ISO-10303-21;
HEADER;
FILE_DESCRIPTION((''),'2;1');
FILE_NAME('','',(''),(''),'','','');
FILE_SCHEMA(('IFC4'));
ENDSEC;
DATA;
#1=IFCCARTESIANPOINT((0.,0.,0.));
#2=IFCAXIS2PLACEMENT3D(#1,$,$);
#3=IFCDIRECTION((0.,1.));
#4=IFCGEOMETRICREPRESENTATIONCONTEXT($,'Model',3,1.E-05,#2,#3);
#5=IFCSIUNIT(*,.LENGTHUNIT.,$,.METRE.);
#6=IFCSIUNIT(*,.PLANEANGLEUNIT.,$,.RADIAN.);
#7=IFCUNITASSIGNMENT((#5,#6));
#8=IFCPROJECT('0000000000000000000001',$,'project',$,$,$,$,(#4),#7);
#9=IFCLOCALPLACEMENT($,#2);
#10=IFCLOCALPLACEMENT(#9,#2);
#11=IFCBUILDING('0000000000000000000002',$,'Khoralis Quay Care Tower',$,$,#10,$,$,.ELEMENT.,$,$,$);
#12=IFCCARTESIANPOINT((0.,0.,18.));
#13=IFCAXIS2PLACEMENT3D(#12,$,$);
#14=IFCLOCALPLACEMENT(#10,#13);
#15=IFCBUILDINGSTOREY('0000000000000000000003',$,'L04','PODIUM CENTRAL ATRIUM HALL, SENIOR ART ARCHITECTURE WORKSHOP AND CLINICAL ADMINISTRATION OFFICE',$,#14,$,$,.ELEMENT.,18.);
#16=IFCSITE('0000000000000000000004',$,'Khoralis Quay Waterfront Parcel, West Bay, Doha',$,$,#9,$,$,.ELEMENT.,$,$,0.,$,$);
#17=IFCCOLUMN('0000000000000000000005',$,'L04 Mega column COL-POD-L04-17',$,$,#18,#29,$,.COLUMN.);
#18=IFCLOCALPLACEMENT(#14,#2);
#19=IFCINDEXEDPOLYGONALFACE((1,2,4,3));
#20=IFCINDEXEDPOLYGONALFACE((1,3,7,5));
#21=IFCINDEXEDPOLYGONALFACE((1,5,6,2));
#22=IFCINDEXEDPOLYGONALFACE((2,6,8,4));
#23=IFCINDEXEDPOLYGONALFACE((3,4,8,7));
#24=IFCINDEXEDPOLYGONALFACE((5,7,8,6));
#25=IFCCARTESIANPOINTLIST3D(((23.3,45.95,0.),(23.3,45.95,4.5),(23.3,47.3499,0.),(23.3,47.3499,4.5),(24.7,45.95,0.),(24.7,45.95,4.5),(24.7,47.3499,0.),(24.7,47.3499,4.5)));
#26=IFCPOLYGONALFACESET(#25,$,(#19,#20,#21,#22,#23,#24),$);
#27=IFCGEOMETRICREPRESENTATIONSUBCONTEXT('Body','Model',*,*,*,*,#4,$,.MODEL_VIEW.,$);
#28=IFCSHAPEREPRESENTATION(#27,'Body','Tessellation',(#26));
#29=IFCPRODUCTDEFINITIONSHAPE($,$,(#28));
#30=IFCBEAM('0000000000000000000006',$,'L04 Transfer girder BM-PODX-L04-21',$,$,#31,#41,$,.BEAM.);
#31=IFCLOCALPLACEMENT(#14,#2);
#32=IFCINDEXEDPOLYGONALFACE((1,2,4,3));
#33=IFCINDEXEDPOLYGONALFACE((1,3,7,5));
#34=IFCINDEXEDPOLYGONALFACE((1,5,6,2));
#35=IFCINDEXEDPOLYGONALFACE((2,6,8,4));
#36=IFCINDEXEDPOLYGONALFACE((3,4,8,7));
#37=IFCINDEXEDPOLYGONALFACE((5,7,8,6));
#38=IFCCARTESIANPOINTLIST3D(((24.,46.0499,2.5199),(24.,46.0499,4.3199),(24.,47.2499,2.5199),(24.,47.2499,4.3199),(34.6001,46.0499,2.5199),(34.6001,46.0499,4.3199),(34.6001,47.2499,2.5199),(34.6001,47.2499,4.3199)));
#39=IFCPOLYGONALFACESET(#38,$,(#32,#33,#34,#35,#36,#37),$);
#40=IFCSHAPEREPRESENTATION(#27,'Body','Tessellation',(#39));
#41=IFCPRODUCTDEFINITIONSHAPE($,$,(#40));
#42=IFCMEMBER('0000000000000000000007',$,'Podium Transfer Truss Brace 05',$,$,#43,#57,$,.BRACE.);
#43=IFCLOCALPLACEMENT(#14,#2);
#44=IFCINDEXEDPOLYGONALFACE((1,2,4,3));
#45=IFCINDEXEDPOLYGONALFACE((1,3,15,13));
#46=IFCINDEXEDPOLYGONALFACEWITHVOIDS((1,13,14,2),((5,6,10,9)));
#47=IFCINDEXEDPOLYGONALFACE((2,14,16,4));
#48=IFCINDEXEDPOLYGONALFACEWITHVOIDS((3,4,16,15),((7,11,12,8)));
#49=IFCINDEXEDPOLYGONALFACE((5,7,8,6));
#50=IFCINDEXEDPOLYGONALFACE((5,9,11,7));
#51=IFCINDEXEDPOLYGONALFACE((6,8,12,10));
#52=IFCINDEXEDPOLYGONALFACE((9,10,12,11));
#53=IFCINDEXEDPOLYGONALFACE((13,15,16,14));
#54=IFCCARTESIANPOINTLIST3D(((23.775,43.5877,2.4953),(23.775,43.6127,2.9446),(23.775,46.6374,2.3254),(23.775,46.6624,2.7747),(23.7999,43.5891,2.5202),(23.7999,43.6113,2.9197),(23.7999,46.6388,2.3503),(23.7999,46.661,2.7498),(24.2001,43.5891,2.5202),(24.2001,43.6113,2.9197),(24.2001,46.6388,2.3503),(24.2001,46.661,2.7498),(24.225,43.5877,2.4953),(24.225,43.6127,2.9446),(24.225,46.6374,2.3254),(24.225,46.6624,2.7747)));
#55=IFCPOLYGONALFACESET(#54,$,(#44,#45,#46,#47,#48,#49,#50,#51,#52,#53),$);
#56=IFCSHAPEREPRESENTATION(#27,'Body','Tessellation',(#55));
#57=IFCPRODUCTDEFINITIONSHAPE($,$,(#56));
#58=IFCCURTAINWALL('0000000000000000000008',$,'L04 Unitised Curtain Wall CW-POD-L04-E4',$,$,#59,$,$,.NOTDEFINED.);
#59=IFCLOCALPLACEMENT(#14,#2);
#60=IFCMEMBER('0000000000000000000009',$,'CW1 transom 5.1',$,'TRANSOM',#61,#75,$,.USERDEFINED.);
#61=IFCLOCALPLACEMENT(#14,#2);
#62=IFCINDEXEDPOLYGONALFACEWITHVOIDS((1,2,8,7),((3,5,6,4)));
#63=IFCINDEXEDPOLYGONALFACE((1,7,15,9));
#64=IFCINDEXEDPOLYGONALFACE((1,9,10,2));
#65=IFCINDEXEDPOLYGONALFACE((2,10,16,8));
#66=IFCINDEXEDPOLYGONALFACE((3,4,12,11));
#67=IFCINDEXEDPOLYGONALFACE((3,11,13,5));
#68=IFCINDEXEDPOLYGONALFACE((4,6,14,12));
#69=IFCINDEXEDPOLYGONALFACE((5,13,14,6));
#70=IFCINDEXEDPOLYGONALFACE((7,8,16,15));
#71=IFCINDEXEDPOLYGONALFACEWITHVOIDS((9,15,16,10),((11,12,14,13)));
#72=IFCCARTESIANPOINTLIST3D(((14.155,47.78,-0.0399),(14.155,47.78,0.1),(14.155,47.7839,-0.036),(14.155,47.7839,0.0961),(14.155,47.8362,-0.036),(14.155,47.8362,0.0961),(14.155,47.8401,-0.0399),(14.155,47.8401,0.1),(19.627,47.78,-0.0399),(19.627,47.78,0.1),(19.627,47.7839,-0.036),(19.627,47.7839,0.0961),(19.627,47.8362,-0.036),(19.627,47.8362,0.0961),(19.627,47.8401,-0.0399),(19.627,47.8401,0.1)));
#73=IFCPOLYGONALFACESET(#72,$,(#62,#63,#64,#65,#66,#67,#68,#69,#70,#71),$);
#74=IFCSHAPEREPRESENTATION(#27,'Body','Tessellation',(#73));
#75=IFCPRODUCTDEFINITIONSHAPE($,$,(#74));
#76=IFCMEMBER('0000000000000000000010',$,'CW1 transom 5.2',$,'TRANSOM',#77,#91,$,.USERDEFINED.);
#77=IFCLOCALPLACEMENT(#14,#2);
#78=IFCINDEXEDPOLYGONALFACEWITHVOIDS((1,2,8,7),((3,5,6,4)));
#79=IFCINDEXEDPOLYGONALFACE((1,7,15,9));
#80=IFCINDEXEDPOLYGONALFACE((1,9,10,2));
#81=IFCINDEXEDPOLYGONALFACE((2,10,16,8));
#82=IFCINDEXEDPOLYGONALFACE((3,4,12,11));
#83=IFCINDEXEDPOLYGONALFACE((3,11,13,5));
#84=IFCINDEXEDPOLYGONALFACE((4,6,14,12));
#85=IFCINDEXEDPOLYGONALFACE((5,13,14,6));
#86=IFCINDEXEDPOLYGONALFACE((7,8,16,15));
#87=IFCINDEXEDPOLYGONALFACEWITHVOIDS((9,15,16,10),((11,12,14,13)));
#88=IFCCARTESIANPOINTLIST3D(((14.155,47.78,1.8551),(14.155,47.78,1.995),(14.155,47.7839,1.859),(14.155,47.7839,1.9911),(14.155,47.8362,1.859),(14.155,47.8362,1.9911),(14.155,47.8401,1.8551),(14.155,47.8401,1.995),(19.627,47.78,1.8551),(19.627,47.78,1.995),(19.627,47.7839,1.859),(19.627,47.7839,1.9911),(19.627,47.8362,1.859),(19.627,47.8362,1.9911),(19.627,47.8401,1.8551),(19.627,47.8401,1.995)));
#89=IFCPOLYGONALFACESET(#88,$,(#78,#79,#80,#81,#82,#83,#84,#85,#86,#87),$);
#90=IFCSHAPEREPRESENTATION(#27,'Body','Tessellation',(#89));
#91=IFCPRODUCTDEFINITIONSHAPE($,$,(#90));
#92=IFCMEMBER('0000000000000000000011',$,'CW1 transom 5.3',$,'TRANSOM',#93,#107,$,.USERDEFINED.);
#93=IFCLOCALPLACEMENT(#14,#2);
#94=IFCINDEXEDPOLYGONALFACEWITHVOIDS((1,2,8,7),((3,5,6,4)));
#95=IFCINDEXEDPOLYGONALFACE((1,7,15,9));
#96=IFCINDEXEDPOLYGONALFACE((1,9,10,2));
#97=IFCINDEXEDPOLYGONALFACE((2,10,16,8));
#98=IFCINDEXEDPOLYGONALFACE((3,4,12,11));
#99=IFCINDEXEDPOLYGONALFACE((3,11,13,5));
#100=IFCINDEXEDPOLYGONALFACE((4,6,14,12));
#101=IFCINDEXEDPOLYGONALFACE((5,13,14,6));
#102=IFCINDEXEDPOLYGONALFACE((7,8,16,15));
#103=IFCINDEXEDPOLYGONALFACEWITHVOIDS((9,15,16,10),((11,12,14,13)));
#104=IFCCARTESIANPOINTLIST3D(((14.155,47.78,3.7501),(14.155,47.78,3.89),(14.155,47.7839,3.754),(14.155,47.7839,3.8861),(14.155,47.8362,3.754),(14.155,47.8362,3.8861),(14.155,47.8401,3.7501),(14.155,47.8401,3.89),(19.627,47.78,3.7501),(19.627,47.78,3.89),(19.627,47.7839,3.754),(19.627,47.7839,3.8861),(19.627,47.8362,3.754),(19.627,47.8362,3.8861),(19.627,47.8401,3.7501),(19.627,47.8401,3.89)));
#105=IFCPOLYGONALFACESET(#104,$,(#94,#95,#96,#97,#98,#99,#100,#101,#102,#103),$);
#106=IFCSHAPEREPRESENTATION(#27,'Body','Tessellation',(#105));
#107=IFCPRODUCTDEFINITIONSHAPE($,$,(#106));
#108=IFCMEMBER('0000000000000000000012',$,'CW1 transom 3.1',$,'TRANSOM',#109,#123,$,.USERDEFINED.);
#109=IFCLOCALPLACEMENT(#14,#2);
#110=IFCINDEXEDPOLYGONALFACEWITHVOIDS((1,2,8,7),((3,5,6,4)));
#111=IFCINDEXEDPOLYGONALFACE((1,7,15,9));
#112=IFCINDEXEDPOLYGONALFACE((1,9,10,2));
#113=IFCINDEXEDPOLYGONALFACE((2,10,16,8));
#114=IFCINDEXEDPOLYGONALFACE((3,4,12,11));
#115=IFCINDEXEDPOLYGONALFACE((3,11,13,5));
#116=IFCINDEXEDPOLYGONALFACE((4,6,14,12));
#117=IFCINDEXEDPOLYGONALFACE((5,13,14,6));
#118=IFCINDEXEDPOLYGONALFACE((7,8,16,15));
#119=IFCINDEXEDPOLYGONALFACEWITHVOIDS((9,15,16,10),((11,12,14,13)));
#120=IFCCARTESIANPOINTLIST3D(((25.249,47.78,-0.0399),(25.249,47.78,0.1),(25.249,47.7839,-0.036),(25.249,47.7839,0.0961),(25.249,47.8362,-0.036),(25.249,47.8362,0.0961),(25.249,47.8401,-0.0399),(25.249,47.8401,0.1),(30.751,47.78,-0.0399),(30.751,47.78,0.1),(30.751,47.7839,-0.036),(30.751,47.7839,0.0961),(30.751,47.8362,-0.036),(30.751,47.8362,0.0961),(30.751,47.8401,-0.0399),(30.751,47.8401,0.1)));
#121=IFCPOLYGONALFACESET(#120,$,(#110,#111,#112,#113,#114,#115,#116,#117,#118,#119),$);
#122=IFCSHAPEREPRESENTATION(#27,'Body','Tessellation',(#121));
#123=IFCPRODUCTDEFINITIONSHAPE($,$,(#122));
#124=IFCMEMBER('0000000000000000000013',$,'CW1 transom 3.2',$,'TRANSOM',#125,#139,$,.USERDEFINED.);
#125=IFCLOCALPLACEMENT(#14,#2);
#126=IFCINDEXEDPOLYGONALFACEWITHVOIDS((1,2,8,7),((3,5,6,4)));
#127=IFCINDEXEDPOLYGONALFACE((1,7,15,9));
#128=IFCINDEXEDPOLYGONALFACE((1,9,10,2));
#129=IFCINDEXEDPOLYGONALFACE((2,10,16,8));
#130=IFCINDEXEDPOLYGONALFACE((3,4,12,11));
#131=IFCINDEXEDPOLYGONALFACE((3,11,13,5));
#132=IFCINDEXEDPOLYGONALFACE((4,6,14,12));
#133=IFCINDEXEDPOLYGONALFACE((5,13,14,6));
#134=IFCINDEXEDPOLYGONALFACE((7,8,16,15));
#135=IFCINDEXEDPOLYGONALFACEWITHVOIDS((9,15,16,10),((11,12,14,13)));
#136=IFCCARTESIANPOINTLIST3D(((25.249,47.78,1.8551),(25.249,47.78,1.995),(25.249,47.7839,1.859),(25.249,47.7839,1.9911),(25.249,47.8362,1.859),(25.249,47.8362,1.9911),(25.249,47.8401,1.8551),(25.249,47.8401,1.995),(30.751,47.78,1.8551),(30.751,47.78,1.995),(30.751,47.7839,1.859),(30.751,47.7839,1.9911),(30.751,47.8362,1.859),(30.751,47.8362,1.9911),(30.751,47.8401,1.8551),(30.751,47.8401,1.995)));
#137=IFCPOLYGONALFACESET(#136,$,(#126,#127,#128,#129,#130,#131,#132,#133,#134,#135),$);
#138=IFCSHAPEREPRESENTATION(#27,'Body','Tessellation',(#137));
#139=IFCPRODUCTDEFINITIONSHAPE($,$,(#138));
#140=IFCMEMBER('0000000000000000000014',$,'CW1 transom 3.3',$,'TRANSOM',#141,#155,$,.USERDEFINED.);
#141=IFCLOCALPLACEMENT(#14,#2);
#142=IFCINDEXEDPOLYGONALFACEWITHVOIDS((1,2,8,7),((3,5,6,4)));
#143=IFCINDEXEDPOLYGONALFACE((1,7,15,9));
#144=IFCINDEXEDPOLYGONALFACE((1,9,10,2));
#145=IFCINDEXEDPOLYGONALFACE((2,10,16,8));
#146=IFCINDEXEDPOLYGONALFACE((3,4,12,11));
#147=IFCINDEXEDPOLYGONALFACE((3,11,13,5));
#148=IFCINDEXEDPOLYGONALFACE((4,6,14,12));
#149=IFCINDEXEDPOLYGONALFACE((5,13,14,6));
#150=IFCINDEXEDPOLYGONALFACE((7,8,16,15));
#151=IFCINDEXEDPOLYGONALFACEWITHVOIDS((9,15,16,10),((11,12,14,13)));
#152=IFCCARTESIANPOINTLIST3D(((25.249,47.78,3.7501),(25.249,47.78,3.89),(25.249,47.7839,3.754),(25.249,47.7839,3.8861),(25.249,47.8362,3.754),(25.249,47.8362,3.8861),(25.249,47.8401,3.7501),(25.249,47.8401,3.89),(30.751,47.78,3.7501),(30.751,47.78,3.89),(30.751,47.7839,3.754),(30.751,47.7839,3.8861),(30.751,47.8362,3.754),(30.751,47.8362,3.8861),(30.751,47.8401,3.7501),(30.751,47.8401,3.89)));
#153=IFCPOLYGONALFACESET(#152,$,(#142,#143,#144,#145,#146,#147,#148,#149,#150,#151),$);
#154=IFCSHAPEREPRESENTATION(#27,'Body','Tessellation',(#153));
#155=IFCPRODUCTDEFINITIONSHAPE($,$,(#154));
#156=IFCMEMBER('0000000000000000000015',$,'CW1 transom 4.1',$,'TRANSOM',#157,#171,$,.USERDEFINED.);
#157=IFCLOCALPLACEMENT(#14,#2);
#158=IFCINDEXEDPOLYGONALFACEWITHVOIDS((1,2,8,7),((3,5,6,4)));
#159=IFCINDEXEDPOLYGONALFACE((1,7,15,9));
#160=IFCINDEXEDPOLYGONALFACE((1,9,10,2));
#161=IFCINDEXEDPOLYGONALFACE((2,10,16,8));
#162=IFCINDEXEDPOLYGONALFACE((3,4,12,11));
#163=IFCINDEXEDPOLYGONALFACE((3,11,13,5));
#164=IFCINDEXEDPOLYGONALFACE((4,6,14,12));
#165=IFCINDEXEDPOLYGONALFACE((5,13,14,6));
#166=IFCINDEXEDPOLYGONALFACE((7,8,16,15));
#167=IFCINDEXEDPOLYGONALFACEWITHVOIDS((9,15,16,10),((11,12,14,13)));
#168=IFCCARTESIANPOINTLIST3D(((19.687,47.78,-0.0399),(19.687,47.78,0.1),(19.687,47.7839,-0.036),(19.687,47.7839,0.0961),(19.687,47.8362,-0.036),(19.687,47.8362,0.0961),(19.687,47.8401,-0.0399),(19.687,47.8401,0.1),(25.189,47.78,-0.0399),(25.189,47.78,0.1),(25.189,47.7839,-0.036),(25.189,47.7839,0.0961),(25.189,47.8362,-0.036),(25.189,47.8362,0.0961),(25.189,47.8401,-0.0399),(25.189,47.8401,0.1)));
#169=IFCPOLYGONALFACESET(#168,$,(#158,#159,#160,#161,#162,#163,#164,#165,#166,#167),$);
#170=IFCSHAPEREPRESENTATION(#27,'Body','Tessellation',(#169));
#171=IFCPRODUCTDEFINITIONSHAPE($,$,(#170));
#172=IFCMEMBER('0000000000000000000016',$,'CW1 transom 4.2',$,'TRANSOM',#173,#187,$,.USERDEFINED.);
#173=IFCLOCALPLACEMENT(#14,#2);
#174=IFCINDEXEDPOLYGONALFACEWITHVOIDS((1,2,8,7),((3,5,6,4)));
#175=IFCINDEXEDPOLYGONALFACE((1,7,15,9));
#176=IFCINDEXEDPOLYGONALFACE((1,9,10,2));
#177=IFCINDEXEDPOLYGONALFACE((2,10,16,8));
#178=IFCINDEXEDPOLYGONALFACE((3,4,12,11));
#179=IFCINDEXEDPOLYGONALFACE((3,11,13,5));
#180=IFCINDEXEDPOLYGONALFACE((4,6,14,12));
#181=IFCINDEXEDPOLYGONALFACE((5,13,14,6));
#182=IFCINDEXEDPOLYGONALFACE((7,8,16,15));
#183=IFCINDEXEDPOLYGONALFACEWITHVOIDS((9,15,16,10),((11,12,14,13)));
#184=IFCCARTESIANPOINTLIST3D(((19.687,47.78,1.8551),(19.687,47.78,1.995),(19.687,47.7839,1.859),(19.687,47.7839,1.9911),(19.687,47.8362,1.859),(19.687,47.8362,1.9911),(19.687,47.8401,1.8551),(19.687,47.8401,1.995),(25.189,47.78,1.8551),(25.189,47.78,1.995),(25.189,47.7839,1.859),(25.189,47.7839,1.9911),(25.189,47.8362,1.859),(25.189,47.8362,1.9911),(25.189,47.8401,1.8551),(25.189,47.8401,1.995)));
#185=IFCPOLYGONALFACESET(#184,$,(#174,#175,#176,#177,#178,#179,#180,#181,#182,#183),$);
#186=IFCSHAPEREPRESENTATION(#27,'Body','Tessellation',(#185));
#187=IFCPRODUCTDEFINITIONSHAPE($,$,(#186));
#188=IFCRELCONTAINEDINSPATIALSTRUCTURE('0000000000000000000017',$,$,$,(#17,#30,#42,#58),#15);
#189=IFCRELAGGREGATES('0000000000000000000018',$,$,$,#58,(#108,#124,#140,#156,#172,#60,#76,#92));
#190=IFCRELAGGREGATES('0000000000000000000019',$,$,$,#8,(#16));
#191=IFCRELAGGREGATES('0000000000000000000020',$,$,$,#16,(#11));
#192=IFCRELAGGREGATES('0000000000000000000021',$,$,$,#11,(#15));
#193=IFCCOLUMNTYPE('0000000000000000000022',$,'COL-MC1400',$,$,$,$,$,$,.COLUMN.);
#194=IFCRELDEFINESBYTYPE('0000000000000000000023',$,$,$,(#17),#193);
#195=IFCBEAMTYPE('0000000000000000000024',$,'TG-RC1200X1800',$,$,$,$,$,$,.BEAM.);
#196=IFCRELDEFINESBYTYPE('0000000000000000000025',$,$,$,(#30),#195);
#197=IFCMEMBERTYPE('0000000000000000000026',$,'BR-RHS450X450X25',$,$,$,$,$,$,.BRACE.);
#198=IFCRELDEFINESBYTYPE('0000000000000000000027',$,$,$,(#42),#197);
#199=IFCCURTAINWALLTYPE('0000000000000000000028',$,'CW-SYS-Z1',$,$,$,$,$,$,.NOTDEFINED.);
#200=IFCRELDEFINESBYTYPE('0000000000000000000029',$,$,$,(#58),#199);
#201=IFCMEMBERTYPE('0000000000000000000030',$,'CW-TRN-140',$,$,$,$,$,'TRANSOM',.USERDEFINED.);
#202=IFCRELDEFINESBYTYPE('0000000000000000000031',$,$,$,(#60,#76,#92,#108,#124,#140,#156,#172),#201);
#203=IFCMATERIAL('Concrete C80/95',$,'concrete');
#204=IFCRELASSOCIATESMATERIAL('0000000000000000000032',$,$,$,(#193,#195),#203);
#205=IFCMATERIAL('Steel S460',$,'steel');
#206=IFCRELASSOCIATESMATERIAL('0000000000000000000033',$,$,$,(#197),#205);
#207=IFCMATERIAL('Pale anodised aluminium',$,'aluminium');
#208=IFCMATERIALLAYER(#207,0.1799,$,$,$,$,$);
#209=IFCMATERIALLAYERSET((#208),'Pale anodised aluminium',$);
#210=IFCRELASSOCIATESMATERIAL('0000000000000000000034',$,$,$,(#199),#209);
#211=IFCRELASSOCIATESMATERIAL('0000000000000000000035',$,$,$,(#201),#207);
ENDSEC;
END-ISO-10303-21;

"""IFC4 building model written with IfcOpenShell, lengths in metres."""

from ifc_helpers import new_model, si_unit, direction, frame, origin, origin_2d, place, context, subcontext, project, spatial, rectangle, hollow_rectangle, extrude, source, transform, mapped, material, layer, layer_set, material_profile, profile_set, type_object, element, aggregate, save


model = new_model("IFC4")

# Units and contexts
model_context = context("Model", 3, precision=1e-05, world=origin(), true_north=direction((0.0, 1.0)))
body_context = subcontext(model_context, "Body", "Model", "MODEL_VIEW")
ifc_project = project(units=[si_unit("LENGTHUNIT", "METRE"), si_unit("PLANEANGLEUNIT", "RADIAN")], contexts=[model_context])

# Site, building, storey
site_placement = place(None, origin())
site = spatial("IfcSite", under=ifc_project, at=site_placement, Name="Khoralis Quay Waterfront Parcel, West Bay, Doha", CompositionType="ELEMENT", RefElevation=0.0)
building_placement = place(site_placement, origin())
building = spatial("IfcBuilding", under=site, at=building_placement, Name="Khoralis Quay Care Tower", CompositionType="ELEMENT")
storey_placement = place(building_placement, frame((0.0, 0.0, 18.0)))
storey = spatial("IfcBuildingStorey", under=building, at=storey_placement, Name="L04", Description="PODIUM CENTRAL ATRIUM HALL, SENIOR ART ARCHITECTURE WORKSHOP AND CLINICAL ADMINISTRATION OFFICE", CompositionType="ELEMENT", Elevation=18.0)

# Column
ifc_material_1 = material(Name="Concrete C80/95", Category="concrete")
ifc_material_profile_1 = material_profile(ifc_material_1, rectangle(XDim=1.3999, YDim=1.3999, at=origin_2d()), Name="Concrete C80/95")
ifc_profile_set_1 = profile_set([ifc_material_profile_1], Name="Concrete C80/95")
column_type = type_object("IfcColumnType", Name="COL-MC1400", PredefinedType="COLUMN", material=ifc_profile_set_1)
shared_shape_1 = source(origin(), body_context, "Body", "SweptSolid", [
    extrude(rectangle(XDim=1.3999, YDim=1.3999, at=origin_2d()), origin(), (0.0, 0.0, 1.0), 4.5),
])
column_placement = place(storey_placement, frame((24.0, 46.6499, 0.0), z_axis=(0.0, 0.0, 1.0), x_axis=(1.0, 0.0, 0.0)))
element("IfcColumn", 1, at=column_placement, inside=storey, type_object=column_type, Name="L04 Mega column COL-POD-L04-17", PredefinedType="COLUMN", context=body_context, shape_type="MappedRepresentation", body=[
    mapped(shared_shape_1, transform((0.0, 0.0, 0.0), scale=1.0)),
])

# Beam
ifc_material_profile_2 = material_profile(ifc_material_1, rectangle(XDim=1.2, YDim=1.8, at=origin_2d()), Name="Concrete C80/95")
ifc_profile_set_2 = profile_set([ifc_material_profile_2], Name="Concrete C80/95")
beam_type = type_object("IfcBeamType", Name="TG-RC1200X1800", PredefinedType="BEAM", material=ifc_profile_set_2)
shared_shape_2 = source(origin(), body_context, "Body", "SweptSolid", [
    extrude(rectangle(XDim=1.2, YDim=1.8, at=origin_2d()), origin(), (0.0, 0.0, 1.0), 10.6001),
])
beam_placement = place(storey_placement, frame((24.0, 46.6499, 3.4199), z_axis=(1.0, 0.0, 0.0), x_axis=(0.0, 1.0, 0.0)))
element("IfcBeam", 2, at=beam_placement, inside=storey, type_object=beam_type, Name="L04 Transfer girder BM-PODX-L04-21", PredefinedType="BEAM", context=body_context, shape_type="MappedRepresentation", body=[
    mapped(shared_shape_2, transform((0.0, 0.0, 0.0), scale=1.0)),
])

# Member
ifc_material_2 = material(Name="Steel S460", Category="steel")
ifc_material_profile_3 = material_profile(ifc_material_2, hollow_rectangle(XDim=0.45, YDim=0.45, WallThickness=0.0249, at=origin_2d()), Name="Steel S460")
ifc_profile_set_3 = profile_set([ifc_material_profile_3], Name="Steel S460")
member_type_1 = type_object("IfcMemberType", Name="BR-RHS450X450X25", PredefinedType="BRACE", material=ifc_profile_set_3)
shared_shape_3 = source(origin(), body_context, "Body", "SweptSolid", [
    extrude(hollow_rectangle(XDim=0.45, YDim=0.45, WallThickness=0.0249, at=origin_2d()), origin(), (0.0, 0.0, 1.0), 3.0544),
])
member_1_placement = place(storey_placement, frame((24.0, 46.6499, 2.55), z_axis=(0.0, -0.998451, 0.055629), x_axis=(1.0, 0.0, 0.0)))
element("IfcMember", 3, at=member_1_placement, inside=storey, type_object=member_type_1, Name="Podium Transfer Truss Brace 05", PredefinedType="BRACE", context=body_context, shape_type="MappedRepresentation", body=[
    mapped(shared_shape_3, transform((0.0, 0.0, 0.0), scale=1.0)),
])

# Curtain wall, members
ifc_material_3 = material(Name="Pale anodised aluminium", Category="aluminium")
ifc_layer_1 = layer(ifc_material_3, 0.1799)
ifc_layer_set_1 = layer_set([ifc_layer_1], Name="Pale anodised aluminium")
curtain_wall_type = type_object("IfcCurtainWallType", Name="CW-SYS-Z1", PredefinedType="NOTDEFINED", material=ifc_layer_set_1)
curtain_wall_placement = place(storey_placement, origin())
curtain_wall = element("IfcCurtainWall", 4, at=curtain_wall_placement, inside=storey, type_object=curtain_wall_type, Name="L04 Unitised Curtain Wall CW-POD-L04-E4", PredefinedType="NOTDEFINED")
ifc_material_profile_4 = material_profile(ifc_material_3, hollow_rectangle(XDim=0.0601, YDim=0.1399, WallThickness=0.0039, at=origin_2d()), Name="Pale anodised aluminium")
ifc_profile_set_4 = profile_set([ifc_material_profile_4], Name="Pale anodised aluminium")
member_type_2 = type_object("IfcMemberType", Name="CW-TRN-140", ElementType="TRANSOM", PredefinedType="USERDEFINED", material=ifc_profile_set_4)
shared_shape_4 = source(origin(), body_context, "Body", "SweptSolid", [
    extrude(hollow_rectangle(XDim=0.0601, YDim=0.1399, WallThickness=0.0039, at=origin_2d()), origin(), (0.0, 0.0, 1.0), 5.4719),
])
member_2_placement = place(storey_placement, frame((19.627, 47.8101, 0.03), z_axis=(-1.0, 0.0, 0.0), x_axis=(0.0, -1.0, 0.0)))
member_2 = element("IfcMember", 5, at=member_2_placement, type_object=member_type_2, Name="CW1 transom 5.1", ObjectType="TRANSOM", PredefinedType="USERDEFINED", context=body_context, shape_type="MappedRepresentation", body=[
    mapped(shared_shape_4, transform((0.0, 0.0, 0.0), scale=1.0)),
])
member_3_placement = place(storey_placement, frame((19.627, 47.8101, 1.925), z_axis=(-1.0, 0.0, 0.0), x_axis=(0.0, -1.0, 0.0)))
member_3 = element("IfcMember", 6, at=member_3_placement, type_object=member_type_2, Name="CW1 transom 5.2", ObjectType="TRANSOM", PredefinedType="USERDEFINED", context=body_context, shape_type="MappedRepresentation", body=[
    mapped(shared_shape_4, transform((0.0, 0.0, 0.0), scale=1.0)),
])
member_4_placement = place(storey_placement, frame((19.627, 47.8101, 3.8201), z_axis=(-1.0, 0.0, 0.0), x_axis=(0.0, -1.0, 0.0)))
member_4 = element("IfcMember", 7, at=member_4_placement, type_object=member_type_2, Name="CW1 transom 5.3", ObjectType="TRANSOM", PredefinedType="USERDEFINED", context=body_context, shape_type="MappedRepresentation", body=[
    mapped(shared_shape_4, transform((0.0, 0.0, 0.0), scale=1.0)),
])
shared_shape_5 = source(origin(), body_context, "Body", "SweptSolid", [
    extrude(hollow_rectangle(XDim=0.0601, YDim=0.1399, WallThickness=0.0039, at=origin_2d()), origin(), (0.0, 0.0, 1.0), 5.502),
])
member_5_placement = place(storey_placement, frame((30.751, 47.8101, 0.03), z_axis=(-1.0, 0.0, 0.0), x_axis=(0.0, -1.0, 0.0)))
member_5 = element("IfcMember", 8, at=member_5_placement, type_object=member_type_2, Name="CW1 transom 3.1", ObjectType="TRANSOM", PredefinedType="USERDEFINED", context=body_context, shape_type="MappedRepresentation", body=[
    mapped(shared_shape_5, transform((0.0, 0.0, 0.0), scale=1.0)),
])
member_6_placement = place(storey_placement, frame((30.751, 47.8101, 1.925), z_axis=(-1.0, 0.0, 0.0), x_axis=(0.0, -1.0, 0.0)))
member_6 = element("IfcMember", 9, at=member_6_placement, type_object=member_type_2, Name="CW1 transom 3.2", ObjectType="TRANSOM", PredefinedType="USERDEFINED", context=body_context, shape_type="MappedRepresentation", body=[
    mapped(shared_shape_5, transform((0.0, 0.0, 0.0), scale=1.0)),
])
member_7_placement = place(storey_placement, frame((30.751, 47.8101, 3.8201), z_axis=(-1.0, 0.0, 0.0), x_axis=(0.0, -1.0, 0.0)))
member_7 = element("IfcMember", 10, at=member_7_placement, type_object=member_type_2, Name="CW1 transom 3.3", ObjectType="TRANSOM", PredefinedType="USERDEFINED", context=body_context, shape_type="MappedRepresentation", body=[
    mapped(shared_shape_5, transform((0.0, 0.0, 0.0), scale=1.0)),
])
member_8_placement = place(storey_placement, frame((25.189, 47.8101, 0.03), z_axis=(-1.0, 0.0, 0.0), x_axis=(0.0, -1.0, 0.0)))
member_8 = element("IfcMember", 11, at=member_8_placement, type_object=member_type_2, Name="CW1 transom 4.1", ObjectType="TRANSOM", PredefinedType="USERDEFINED", context=body_context, shape_type="MappedRepresentation", body=[
    mapped(shared_shape_5, transform((0.0, 0.0, 0.0), scale=1.0)),
])
member_9_placement = place(storey_placement, frame((25.189, 47.8101, 1.925), z_axis=(-1.0, 0.0, 0.0), x_axis=(0.0, -1.0, 0.0)))
member_9 = element("IfcMember", 12, at=member_9_placement, type_object=member_type_2, Name="CW1 transom 4.2", ObjectType="TRANSOM", PredefinedType="USERDEFINED", context=body_context, shape_type="MappedRepresentation", body=[
    mapped(shared_shape_5, transform((0.0, 0.0, 0.0), scale=1.0)),
])

aggregate(curtain_wall, [member_5, member_6, member_7, member_8, member_9, member_2, member_3, member_4])

save(model, "model.ifc")
